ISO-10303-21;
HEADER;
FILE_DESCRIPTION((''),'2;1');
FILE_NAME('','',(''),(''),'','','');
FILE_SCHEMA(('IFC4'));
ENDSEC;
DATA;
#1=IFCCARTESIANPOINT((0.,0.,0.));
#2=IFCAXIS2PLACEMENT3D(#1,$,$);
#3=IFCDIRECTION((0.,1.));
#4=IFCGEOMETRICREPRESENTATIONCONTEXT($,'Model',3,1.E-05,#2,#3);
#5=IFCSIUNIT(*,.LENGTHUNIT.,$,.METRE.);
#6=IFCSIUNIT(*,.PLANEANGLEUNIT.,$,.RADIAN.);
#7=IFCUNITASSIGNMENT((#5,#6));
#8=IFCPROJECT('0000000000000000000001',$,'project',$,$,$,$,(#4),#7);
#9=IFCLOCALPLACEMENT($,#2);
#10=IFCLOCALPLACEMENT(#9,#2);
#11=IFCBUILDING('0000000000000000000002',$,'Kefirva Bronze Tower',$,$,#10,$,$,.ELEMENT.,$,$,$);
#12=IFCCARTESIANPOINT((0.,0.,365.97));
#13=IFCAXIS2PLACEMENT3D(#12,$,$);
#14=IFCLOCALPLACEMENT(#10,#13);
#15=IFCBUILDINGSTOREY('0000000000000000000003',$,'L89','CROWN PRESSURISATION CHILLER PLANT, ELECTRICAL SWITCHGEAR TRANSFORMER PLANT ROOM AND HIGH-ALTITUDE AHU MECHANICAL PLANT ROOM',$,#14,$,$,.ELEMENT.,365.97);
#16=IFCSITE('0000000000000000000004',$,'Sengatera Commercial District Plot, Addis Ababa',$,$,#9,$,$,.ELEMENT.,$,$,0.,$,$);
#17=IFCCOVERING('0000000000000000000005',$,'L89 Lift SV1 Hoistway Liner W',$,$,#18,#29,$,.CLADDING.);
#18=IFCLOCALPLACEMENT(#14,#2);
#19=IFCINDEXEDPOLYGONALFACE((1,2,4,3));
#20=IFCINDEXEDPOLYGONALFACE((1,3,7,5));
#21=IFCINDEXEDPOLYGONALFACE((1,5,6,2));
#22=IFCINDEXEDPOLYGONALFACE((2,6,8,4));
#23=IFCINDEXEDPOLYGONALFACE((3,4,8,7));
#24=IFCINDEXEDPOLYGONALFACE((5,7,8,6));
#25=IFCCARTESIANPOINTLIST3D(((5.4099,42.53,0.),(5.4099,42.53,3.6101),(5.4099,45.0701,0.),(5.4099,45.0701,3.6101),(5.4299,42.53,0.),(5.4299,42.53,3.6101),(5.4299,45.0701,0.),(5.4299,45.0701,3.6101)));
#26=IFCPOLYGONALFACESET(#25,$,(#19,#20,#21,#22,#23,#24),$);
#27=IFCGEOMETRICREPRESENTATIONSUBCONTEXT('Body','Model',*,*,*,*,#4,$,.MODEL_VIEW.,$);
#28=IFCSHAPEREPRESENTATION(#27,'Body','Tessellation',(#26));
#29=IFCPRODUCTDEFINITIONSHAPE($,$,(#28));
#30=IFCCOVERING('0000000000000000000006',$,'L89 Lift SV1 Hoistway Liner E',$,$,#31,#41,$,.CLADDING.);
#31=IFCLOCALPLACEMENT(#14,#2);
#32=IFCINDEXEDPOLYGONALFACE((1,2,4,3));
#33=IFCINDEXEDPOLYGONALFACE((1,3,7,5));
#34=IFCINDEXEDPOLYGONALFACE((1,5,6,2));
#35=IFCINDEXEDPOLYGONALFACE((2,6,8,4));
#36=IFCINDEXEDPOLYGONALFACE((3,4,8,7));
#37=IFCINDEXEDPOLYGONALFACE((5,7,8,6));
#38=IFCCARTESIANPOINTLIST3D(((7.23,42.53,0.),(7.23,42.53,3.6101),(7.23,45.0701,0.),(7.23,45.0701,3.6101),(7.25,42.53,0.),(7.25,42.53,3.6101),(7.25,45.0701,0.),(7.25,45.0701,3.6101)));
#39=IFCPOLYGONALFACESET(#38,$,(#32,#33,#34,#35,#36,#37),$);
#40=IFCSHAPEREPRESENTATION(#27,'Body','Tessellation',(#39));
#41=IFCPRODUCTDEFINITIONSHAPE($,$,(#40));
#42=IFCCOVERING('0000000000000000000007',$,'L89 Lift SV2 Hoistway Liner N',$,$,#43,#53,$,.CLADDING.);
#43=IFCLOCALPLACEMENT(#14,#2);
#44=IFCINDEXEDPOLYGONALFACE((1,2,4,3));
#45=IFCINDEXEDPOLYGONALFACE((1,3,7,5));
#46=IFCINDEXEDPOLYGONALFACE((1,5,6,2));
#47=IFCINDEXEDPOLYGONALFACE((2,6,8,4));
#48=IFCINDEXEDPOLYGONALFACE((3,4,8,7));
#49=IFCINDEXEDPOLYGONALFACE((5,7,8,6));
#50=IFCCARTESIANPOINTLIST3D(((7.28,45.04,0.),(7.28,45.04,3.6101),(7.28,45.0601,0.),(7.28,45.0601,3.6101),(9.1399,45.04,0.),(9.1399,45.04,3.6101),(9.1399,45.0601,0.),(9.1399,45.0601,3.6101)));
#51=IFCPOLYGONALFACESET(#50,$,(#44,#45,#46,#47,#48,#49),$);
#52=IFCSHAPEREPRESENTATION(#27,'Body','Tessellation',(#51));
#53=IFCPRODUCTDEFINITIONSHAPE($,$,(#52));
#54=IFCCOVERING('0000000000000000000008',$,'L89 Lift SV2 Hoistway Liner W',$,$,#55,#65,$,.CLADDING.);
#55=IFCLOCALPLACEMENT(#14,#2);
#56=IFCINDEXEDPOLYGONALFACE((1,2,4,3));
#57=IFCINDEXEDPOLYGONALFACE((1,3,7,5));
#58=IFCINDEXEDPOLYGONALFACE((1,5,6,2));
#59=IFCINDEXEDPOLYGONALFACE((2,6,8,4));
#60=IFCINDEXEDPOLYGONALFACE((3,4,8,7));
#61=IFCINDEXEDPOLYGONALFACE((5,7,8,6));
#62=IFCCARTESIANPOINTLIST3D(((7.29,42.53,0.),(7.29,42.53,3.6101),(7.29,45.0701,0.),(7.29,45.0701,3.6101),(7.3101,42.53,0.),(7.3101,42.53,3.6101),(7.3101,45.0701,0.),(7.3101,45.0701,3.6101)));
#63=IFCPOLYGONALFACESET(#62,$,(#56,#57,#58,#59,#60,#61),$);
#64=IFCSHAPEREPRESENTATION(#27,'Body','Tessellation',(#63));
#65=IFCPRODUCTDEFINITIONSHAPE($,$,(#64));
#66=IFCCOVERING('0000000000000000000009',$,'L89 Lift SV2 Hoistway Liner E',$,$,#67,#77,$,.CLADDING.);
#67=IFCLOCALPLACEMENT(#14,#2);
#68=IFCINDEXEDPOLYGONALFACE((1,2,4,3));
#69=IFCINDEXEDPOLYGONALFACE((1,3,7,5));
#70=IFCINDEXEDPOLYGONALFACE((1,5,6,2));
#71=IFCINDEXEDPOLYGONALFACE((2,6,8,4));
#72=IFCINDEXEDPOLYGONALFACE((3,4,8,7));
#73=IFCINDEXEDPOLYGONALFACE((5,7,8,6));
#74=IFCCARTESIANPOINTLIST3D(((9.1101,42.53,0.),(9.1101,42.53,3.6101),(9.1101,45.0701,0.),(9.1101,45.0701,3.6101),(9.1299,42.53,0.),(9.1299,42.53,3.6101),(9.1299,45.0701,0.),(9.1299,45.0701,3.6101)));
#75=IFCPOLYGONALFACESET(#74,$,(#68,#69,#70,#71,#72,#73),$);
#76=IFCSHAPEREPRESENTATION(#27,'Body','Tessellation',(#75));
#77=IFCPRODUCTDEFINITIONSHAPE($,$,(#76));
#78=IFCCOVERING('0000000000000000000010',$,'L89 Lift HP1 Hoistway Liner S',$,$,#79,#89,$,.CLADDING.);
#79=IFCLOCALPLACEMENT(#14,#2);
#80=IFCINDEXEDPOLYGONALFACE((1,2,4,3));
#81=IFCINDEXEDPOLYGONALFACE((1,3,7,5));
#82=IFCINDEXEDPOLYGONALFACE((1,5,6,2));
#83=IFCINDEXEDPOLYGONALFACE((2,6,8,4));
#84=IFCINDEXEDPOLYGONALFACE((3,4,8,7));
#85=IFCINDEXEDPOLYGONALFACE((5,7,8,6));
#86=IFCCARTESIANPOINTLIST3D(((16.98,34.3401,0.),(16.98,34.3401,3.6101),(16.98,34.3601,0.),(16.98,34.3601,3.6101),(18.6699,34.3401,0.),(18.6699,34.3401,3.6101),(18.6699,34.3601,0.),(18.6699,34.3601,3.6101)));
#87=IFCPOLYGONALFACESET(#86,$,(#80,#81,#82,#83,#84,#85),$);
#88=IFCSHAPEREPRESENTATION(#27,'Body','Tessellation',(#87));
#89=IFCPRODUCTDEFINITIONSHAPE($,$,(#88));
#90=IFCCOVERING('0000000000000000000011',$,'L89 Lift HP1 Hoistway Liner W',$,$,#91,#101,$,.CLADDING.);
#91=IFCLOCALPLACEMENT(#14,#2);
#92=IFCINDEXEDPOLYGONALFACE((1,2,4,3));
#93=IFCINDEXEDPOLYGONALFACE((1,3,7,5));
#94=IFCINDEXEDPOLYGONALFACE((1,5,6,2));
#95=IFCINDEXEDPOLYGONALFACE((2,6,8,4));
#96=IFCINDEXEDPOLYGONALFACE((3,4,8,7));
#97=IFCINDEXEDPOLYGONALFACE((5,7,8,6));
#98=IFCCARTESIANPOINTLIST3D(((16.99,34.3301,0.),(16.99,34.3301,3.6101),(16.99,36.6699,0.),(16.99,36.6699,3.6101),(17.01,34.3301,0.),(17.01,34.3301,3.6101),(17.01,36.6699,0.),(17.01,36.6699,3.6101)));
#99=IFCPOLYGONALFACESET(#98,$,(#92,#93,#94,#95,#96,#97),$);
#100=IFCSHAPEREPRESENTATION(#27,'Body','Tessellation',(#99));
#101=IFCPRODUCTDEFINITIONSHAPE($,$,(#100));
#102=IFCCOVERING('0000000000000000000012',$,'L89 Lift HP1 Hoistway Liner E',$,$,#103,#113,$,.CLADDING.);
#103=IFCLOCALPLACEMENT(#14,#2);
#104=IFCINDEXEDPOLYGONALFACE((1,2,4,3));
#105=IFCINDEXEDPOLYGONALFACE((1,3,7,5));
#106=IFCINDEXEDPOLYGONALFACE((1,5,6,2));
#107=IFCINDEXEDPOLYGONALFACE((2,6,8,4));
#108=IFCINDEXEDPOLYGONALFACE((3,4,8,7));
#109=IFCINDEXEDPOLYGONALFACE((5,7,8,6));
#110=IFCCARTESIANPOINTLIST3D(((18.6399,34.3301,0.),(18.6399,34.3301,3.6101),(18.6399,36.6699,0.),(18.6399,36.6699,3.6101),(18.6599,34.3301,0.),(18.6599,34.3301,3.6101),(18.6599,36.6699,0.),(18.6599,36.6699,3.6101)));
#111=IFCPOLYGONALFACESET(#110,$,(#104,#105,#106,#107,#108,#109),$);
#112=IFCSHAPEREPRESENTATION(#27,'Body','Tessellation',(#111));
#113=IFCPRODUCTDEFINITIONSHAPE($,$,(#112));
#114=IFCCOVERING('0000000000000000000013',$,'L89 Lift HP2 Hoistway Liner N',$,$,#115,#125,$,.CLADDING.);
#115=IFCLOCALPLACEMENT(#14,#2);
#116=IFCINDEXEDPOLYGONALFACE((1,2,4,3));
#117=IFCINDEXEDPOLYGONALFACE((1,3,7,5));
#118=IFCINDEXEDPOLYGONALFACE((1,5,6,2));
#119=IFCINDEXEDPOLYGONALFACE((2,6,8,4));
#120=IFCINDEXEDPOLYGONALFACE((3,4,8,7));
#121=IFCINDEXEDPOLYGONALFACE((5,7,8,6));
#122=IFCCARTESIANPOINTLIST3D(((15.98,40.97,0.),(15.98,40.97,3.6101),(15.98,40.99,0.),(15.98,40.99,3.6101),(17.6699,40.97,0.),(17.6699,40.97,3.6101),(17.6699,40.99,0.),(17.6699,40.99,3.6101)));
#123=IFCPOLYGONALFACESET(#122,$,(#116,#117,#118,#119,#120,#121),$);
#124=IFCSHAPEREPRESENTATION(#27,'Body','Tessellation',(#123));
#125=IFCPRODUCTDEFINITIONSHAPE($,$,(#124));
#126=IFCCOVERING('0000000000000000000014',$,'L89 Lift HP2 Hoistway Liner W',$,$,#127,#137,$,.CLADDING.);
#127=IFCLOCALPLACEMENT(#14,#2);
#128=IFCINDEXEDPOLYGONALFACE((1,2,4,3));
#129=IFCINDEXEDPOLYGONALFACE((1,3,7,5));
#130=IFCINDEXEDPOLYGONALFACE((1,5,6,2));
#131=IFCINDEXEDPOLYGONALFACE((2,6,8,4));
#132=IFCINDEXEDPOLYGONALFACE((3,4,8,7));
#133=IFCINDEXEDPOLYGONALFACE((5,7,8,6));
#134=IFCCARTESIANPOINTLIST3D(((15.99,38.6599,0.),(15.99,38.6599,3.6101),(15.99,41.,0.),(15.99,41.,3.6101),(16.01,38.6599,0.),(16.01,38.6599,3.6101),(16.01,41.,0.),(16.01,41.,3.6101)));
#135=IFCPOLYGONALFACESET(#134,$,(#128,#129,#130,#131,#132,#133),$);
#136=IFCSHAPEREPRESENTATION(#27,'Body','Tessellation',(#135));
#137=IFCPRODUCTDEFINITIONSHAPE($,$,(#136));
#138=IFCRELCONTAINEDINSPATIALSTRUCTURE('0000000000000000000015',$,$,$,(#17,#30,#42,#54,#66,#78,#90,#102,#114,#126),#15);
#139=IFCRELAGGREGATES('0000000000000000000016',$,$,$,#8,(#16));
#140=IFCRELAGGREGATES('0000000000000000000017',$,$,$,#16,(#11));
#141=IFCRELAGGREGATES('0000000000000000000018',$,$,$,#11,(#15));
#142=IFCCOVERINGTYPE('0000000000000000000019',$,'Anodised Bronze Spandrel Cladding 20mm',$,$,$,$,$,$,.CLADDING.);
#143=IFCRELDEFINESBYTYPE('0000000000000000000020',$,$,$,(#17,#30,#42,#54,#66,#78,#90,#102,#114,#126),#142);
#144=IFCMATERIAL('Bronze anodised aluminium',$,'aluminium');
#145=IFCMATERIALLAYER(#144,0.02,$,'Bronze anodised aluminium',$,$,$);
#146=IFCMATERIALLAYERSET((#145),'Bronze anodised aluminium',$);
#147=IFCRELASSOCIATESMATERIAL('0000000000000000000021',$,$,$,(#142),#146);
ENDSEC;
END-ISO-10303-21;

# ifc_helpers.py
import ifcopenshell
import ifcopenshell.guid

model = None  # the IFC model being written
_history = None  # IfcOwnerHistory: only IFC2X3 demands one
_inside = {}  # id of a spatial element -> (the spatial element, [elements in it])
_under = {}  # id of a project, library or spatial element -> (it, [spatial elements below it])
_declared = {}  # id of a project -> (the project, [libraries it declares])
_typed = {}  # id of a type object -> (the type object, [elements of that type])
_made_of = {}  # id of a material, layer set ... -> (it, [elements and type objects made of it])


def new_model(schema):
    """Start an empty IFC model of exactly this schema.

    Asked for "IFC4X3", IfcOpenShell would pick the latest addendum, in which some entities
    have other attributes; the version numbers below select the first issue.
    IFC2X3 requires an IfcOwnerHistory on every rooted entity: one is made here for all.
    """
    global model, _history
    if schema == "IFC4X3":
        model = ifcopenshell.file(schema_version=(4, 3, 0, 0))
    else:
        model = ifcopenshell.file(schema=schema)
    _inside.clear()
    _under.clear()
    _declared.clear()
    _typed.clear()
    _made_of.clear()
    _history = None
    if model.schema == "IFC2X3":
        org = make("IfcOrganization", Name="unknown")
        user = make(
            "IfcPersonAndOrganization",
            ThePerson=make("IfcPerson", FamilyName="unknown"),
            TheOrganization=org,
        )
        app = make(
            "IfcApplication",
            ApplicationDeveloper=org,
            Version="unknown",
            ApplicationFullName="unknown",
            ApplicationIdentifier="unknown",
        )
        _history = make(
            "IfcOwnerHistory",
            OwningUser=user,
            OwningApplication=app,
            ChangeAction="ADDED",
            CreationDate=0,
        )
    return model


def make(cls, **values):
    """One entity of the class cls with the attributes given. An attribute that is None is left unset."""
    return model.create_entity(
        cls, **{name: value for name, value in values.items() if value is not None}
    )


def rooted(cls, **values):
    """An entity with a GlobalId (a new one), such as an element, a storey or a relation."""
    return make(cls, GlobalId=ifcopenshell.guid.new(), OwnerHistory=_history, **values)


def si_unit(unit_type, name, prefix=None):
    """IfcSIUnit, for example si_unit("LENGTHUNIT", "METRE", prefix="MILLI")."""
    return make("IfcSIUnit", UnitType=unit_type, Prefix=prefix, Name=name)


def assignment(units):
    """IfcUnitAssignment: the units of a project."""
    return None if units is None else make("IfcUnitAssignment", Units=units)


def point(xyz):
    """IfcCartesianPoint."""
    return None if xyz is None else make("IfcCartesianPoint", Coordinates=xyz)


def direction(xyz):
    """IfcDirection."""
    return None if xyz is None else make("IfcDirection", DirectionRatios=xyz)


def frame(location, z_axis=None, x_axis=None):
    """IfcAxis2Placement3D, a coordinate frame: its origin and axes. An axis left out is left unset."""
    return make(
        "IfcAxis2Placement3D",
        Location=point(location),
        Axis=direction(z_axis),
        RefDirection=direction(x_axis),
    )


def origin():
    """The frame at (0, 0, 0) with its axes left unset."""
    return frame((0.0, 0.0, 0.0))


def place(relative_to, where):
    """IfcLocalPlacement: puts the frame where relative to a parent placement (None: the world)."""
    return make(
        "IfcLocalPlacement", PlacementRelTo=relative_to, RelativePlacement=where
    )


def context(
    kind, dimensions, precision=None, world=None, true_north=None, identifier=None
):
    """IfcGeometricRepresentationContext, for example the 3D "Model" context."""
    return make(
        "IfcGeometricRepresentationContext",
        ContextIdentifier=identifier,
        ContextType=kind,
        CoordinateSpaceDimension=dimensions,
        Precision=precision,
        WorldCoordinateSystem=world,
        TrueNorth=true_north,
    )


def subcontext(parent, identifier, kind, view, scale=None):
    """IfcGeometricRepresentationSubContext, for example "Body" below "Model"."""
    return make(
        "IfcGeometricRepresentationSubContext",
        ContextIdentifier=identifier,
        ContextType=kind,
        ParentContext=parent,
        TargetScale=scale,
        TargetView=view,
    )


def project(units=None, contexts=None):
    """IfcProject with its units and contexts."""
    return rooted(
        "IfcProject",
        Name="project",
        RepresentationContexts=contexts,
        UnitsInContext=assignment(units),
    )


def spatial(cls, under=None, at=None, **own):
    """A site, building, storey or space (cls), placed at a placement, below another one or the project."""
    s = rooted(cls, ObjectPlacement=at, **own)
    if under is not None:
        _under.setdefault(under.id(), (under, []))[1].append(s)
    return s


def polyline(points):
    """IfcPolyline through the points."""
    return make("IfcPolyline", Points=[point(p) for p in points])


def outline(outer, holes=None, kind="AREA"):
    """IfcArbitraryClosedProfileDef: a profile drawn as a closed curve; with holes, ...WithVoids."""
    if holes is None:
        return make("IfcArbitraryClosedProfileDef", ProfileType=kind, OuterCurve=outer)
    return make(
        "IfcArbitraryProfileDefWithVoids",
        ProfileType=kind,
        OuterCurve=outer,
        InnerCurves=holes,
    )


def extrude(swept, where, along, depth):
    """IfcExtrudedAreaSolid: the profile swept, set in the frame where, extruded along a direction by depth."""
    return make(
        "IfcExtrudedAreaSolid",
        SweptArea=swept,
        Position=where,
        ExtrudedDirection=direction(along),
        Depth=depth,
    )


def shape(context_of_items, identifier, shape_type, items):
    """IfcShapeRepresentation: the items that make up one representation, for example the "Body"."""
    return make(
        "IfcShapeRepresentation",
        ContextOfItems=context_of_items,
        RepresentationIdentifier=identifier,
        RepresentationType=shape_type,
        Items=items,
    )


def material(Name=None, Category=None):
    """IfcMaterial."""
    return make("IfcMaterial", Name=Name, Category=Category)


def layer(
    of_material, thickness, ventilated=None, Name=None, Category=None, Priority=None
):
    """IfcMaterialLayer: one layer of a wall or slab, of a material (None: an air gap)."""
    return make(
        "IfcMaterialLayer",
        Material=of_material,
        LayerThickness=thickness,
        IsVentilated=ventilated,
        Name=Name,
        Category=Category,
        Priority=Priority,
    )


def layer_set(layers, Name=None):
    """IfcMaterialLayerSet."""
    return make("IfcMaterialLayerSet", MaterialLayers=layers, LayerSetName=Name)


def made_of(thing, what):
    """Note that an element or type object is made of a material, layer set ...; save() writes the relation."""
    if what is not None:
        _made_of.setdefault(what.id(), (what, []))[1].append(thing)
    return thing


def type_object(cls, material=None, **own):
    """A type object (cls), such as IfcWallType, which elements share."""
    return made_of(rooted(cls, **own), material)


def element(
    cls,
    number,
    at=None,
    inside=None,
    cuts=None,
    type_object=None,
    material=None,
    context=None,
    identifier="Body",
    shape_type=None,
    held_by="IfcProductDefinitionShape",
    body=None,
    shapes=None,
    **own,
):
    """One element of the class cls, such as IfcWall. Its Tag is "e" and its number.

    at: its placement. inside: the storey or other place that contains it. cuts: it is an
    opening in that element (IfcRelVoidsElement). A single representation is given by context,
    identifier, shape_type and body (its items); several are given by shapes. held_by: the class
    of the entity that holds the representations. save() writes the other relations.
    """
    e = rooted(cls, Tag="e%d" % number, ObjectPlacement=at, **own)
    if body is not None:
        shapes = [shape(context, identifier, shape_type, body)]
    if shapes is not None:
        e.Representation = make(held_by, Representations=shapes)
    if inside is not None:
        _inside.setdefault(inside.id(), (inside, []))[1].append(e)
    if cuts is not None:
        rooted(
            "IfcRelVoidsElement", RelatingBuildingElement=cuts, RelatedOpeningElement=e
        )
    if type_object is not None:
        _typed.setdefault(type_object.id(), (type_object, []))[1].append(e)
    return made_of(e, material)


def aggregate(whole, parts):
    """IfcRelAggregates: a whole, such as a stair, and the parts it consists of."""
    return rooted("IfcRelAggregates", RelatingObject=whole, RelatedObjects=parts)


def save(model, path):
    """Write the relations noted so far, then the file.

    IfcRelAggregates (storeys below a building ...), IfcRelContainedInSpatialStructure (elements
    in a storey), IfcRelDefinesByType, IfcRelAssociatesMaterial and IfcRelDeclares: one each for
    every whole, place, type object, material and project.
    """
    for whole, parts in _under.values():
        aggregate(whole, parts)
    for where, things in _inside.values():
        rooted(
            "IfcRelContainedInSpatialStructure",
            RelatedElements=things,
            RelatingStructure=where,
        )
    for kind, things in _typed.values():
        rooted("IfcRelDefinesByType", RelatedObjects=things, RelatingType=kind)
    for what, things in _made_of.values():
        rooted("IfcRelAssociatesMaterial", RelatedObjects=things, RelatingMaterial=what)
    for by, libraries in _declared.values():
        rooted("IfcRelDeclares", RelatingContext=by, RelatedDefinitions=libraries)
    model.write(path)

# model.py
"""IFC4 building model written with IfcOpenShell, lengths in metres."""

from ifc_helpers import new_model, si_unit, direction, frame, origin, place, context, subcontext, project, spatial, polyline, outline, extrude, material, layer, layer_set, type_object, element, save


model = new_model("IFC4")

# Units and contexts
model_context = context("Model", 3, precision=1e-05, world=origin(), true_north=direction((0.0, 1.0)))
body_context = subcontext(model_context, "Body", "Model", "MODEL_VIEW")
ifc_project = project(units=[si_unit("LENGTHUNIT", "METRE"), si_unit("PLANEANGLEUNIT", "RADIAN")], contexts=[model_context])

# Site, building, storey
site_placement = place(None, origin())
site = spatial("IfcSite", under=ifc_project, at=site_placement, Name="Sengatera Commercial District Plot, Addis Ababa", CompositionType="ELEMENT", RefElevation=0.0)
building_placement = place(site_placement, origin())
building = spatial("IfcBuilding", under=site, at=building_placement, Name="Kefirva Bronze Tower", CompositionType="ELEMENT")
storey_placement = place(building_placement, frame((0.0, 0.0, 365.97)))
storey = spatial("IfcBuildingStorey", under=building, at=storey_placement, Name="L89", Description="CROWN PRESSURISATION CHILLER PLANT, ELECTRICAL SWITCHGEAR TRANSFORMER PLANT ROOM AND HIGH-ALTITUDE AHU MECHANICAL PLANT ROOM", CompositionType="ELEMENT", Elevation=365.97)

# Coverings
ifc_material_1 = material(Name="Bronze anodised aluminium", Category="aluminium")
ifc_layer_1 = layer(ifc_material_1, 0.02, Name="Bronze anodised aluminium")
ifc_layer_set_1 = layer_set([ifc_layer_1], Name="Bronze anodised aluminium")
covering_type = type_object("IfcCoveringType", Name="Anodised Bronze Spandrel Cladding 20mm", PredefinedType="CLADDING", material=ifc_layer_set_1)
covering_1_placement = place(storey_placement, origin())
element("IfcCovering", 1, at=covering_1_placement, inside=storey, type_object=covering_type, Name="L89 Lift SV1 Hoistway Liner W", PredefinedType="CLADDING", context=body_context, shape_type="SweptSolid", body=[
    extrude(outline(polyline([(5.4099, 42.53), (5.4299, 42.53), (5.4299, 45.0701), (5.4099, 45.0701), (5.4099, 42.53)])), origin(), (0.0, 0.0, 1.0), 3.6101),
])
covering_2_placement = place(storey_placement, origin())
element("IfcCovering", 2, at=covering_2_placement, inside=storey, type_object=covering_type, Name="L89 Lift SV1 Hoistway Liner E", PredefinedType="CLADDING", context=body_context, shape_type="SweptSolid", body=[
    extrude(outline(polyline([(7.23, 42.53), (7.25, 42.53), (7.25, 45.0701), (7.23, 45.0701), (7.23, 42.53)])), origin(), (0.0, 0.0, 1.0), 3.6101),
])
covering_3_placement = place(storey_placement, origin())
element("IfcCovering", 3, at=covering_3_placement, inside=storey, type_object=covering_type, Name="L89 Lift SV2 Hoistway Liner N", PredefinedType="CLADDING", context=body_context, shape_type="SweptSolid", body=[
    extrude(outline(polyline([(7.28, 45.04), (9.1399, 45.04), (9.1399, 45.0601), (7.28, 45.0601), (7.28, 45.04)])), origin(), (0.0, 0.0, 1.0), 3.6101),
])
covering_4_placement = place(storey_placement, origin())
element("IfcCovering", 4, at=covering_4_placement, inside=storey, type_object=covering_type, Name="L89 Lift SV2 Hoistway Liner W", PredefinedType="CLADDING", context=body_context, shape_type="SweptSolid", body=[
    extrude(outline(polyline([(7.29, 42.53), (7.3101, 42.53), (7.3101, 45.0701), (7.29, 45.0701), (7.29, 42.53)])), origin(), (0.0, 0.0, 1.0), 3.6101),
])
covering_5_placement = place(storey_placement, origin())
element("IfcCovering", 5, at=covering_5_placement, inside=storey, type_object=covering_type, Name="L89 Lift SV2 Hoistway Liner E", PredefinedType="CLADDING", context=body_context, shape_type="SweptSolid", body=[
    extrude(outline(polyline([(9.1101, 42.53), (9.1299, 42.53), (9.1299, 45.0701), (9.1101, 45.0701), (9.1101, 42.53)])), origin(), (0.0, 0.0, 1.0), 3.6101),
])
covering_6_placement = place(storey_placement, origin())
element("IfcCovering", 6, at=covering_6_placement, inside=storey, type_object=covering_type, Name="L89 Lift HP1 Hoistway Liner S", PredefinedType="CLADDING", context=body_context, shape_type="SweptSolid", body=[
    extrude(outline(polyline([(16.98, 34.3401), (18.6699, 34.3401), (18.6699, 34.3601), (16.98, 34.3601), (16.98, 34.3401)])), origin(), (0.0, 0.0, 1.0), 3.6101),
])
covering_7_placement = place(storey_placement, origin())
element("IfcCovering", 7, at=covering_7_placement, inside=storey, type_object=covering_type, Name="L89 Lift HP1 Hoistway Liner W", PredefinedType="CLADDING", context=body_context, shape_type="SweptSolid", body=[
    extrude(outline(polyline([(16.99, 34.3301), (17.01, 34.3301), (17.01, 36.6699), (16.99, 36.6699), (16.99, 34.3301)])), origin(), (0.0, 0.0, 1.0), 3.6101),
])
covering_8_placement = place(storey_placement, origin())
element("IfcCovering", 8, at=covering_8_placement, inside=storey, type_object=covering_type, Name="L89 Lift HP1 Hoistway Liner E", PredefinedType="CLADDING", context=body_context, shape_type="SweptSolid", body=[
    extrude(outline(polyline([(18.6399, 34.3301), (18.6599, 34.3301), (18.6599, 36.6699), (18.6399, 36.6699), (18.6399, 34.3301)])), origin(), (0.0, 0.0, 1.0), 3.6101),
])
covering_9_placement = place(storey_placement, origin())
element("IfcCovering", 9, at=covering_9_placement, inside=storey, type_object=covering_type, Name="L89 Lift HP2 Hoistway Liner N", PredefinedType="CLADDING", context=body_context, shape_type="SweptSolid", body=[
    extrude(outline(polyline([(15.98, 40.97), (17.6699, 40.97), (17.6699, 40.99), (15.98, 40.99), (15.98, 40.97)])), origin(), (0.0, 0.0, 1.0), 3.6101),
])
covering_10_placement = place(storey_placement, origin())
element("IfcCovering", 10, at=covering_10_placement, inside=storey, type_object=covering_type, Name="L89 Lift HP2 Hoistway Liner W", PredefinedType="CLADDING", context=body_context, shape_type="SweptSolid", body=[
    extrude(outline(polyline([(15.99, 38.6599), (16.01, 38.6599), (16.01, 41.0), (15.99, 41.0), (15.99, 38.6599)])), origin(), (0.0, 0.0, 1.0), 3.6101),
])

save(model, "model.ifc")
